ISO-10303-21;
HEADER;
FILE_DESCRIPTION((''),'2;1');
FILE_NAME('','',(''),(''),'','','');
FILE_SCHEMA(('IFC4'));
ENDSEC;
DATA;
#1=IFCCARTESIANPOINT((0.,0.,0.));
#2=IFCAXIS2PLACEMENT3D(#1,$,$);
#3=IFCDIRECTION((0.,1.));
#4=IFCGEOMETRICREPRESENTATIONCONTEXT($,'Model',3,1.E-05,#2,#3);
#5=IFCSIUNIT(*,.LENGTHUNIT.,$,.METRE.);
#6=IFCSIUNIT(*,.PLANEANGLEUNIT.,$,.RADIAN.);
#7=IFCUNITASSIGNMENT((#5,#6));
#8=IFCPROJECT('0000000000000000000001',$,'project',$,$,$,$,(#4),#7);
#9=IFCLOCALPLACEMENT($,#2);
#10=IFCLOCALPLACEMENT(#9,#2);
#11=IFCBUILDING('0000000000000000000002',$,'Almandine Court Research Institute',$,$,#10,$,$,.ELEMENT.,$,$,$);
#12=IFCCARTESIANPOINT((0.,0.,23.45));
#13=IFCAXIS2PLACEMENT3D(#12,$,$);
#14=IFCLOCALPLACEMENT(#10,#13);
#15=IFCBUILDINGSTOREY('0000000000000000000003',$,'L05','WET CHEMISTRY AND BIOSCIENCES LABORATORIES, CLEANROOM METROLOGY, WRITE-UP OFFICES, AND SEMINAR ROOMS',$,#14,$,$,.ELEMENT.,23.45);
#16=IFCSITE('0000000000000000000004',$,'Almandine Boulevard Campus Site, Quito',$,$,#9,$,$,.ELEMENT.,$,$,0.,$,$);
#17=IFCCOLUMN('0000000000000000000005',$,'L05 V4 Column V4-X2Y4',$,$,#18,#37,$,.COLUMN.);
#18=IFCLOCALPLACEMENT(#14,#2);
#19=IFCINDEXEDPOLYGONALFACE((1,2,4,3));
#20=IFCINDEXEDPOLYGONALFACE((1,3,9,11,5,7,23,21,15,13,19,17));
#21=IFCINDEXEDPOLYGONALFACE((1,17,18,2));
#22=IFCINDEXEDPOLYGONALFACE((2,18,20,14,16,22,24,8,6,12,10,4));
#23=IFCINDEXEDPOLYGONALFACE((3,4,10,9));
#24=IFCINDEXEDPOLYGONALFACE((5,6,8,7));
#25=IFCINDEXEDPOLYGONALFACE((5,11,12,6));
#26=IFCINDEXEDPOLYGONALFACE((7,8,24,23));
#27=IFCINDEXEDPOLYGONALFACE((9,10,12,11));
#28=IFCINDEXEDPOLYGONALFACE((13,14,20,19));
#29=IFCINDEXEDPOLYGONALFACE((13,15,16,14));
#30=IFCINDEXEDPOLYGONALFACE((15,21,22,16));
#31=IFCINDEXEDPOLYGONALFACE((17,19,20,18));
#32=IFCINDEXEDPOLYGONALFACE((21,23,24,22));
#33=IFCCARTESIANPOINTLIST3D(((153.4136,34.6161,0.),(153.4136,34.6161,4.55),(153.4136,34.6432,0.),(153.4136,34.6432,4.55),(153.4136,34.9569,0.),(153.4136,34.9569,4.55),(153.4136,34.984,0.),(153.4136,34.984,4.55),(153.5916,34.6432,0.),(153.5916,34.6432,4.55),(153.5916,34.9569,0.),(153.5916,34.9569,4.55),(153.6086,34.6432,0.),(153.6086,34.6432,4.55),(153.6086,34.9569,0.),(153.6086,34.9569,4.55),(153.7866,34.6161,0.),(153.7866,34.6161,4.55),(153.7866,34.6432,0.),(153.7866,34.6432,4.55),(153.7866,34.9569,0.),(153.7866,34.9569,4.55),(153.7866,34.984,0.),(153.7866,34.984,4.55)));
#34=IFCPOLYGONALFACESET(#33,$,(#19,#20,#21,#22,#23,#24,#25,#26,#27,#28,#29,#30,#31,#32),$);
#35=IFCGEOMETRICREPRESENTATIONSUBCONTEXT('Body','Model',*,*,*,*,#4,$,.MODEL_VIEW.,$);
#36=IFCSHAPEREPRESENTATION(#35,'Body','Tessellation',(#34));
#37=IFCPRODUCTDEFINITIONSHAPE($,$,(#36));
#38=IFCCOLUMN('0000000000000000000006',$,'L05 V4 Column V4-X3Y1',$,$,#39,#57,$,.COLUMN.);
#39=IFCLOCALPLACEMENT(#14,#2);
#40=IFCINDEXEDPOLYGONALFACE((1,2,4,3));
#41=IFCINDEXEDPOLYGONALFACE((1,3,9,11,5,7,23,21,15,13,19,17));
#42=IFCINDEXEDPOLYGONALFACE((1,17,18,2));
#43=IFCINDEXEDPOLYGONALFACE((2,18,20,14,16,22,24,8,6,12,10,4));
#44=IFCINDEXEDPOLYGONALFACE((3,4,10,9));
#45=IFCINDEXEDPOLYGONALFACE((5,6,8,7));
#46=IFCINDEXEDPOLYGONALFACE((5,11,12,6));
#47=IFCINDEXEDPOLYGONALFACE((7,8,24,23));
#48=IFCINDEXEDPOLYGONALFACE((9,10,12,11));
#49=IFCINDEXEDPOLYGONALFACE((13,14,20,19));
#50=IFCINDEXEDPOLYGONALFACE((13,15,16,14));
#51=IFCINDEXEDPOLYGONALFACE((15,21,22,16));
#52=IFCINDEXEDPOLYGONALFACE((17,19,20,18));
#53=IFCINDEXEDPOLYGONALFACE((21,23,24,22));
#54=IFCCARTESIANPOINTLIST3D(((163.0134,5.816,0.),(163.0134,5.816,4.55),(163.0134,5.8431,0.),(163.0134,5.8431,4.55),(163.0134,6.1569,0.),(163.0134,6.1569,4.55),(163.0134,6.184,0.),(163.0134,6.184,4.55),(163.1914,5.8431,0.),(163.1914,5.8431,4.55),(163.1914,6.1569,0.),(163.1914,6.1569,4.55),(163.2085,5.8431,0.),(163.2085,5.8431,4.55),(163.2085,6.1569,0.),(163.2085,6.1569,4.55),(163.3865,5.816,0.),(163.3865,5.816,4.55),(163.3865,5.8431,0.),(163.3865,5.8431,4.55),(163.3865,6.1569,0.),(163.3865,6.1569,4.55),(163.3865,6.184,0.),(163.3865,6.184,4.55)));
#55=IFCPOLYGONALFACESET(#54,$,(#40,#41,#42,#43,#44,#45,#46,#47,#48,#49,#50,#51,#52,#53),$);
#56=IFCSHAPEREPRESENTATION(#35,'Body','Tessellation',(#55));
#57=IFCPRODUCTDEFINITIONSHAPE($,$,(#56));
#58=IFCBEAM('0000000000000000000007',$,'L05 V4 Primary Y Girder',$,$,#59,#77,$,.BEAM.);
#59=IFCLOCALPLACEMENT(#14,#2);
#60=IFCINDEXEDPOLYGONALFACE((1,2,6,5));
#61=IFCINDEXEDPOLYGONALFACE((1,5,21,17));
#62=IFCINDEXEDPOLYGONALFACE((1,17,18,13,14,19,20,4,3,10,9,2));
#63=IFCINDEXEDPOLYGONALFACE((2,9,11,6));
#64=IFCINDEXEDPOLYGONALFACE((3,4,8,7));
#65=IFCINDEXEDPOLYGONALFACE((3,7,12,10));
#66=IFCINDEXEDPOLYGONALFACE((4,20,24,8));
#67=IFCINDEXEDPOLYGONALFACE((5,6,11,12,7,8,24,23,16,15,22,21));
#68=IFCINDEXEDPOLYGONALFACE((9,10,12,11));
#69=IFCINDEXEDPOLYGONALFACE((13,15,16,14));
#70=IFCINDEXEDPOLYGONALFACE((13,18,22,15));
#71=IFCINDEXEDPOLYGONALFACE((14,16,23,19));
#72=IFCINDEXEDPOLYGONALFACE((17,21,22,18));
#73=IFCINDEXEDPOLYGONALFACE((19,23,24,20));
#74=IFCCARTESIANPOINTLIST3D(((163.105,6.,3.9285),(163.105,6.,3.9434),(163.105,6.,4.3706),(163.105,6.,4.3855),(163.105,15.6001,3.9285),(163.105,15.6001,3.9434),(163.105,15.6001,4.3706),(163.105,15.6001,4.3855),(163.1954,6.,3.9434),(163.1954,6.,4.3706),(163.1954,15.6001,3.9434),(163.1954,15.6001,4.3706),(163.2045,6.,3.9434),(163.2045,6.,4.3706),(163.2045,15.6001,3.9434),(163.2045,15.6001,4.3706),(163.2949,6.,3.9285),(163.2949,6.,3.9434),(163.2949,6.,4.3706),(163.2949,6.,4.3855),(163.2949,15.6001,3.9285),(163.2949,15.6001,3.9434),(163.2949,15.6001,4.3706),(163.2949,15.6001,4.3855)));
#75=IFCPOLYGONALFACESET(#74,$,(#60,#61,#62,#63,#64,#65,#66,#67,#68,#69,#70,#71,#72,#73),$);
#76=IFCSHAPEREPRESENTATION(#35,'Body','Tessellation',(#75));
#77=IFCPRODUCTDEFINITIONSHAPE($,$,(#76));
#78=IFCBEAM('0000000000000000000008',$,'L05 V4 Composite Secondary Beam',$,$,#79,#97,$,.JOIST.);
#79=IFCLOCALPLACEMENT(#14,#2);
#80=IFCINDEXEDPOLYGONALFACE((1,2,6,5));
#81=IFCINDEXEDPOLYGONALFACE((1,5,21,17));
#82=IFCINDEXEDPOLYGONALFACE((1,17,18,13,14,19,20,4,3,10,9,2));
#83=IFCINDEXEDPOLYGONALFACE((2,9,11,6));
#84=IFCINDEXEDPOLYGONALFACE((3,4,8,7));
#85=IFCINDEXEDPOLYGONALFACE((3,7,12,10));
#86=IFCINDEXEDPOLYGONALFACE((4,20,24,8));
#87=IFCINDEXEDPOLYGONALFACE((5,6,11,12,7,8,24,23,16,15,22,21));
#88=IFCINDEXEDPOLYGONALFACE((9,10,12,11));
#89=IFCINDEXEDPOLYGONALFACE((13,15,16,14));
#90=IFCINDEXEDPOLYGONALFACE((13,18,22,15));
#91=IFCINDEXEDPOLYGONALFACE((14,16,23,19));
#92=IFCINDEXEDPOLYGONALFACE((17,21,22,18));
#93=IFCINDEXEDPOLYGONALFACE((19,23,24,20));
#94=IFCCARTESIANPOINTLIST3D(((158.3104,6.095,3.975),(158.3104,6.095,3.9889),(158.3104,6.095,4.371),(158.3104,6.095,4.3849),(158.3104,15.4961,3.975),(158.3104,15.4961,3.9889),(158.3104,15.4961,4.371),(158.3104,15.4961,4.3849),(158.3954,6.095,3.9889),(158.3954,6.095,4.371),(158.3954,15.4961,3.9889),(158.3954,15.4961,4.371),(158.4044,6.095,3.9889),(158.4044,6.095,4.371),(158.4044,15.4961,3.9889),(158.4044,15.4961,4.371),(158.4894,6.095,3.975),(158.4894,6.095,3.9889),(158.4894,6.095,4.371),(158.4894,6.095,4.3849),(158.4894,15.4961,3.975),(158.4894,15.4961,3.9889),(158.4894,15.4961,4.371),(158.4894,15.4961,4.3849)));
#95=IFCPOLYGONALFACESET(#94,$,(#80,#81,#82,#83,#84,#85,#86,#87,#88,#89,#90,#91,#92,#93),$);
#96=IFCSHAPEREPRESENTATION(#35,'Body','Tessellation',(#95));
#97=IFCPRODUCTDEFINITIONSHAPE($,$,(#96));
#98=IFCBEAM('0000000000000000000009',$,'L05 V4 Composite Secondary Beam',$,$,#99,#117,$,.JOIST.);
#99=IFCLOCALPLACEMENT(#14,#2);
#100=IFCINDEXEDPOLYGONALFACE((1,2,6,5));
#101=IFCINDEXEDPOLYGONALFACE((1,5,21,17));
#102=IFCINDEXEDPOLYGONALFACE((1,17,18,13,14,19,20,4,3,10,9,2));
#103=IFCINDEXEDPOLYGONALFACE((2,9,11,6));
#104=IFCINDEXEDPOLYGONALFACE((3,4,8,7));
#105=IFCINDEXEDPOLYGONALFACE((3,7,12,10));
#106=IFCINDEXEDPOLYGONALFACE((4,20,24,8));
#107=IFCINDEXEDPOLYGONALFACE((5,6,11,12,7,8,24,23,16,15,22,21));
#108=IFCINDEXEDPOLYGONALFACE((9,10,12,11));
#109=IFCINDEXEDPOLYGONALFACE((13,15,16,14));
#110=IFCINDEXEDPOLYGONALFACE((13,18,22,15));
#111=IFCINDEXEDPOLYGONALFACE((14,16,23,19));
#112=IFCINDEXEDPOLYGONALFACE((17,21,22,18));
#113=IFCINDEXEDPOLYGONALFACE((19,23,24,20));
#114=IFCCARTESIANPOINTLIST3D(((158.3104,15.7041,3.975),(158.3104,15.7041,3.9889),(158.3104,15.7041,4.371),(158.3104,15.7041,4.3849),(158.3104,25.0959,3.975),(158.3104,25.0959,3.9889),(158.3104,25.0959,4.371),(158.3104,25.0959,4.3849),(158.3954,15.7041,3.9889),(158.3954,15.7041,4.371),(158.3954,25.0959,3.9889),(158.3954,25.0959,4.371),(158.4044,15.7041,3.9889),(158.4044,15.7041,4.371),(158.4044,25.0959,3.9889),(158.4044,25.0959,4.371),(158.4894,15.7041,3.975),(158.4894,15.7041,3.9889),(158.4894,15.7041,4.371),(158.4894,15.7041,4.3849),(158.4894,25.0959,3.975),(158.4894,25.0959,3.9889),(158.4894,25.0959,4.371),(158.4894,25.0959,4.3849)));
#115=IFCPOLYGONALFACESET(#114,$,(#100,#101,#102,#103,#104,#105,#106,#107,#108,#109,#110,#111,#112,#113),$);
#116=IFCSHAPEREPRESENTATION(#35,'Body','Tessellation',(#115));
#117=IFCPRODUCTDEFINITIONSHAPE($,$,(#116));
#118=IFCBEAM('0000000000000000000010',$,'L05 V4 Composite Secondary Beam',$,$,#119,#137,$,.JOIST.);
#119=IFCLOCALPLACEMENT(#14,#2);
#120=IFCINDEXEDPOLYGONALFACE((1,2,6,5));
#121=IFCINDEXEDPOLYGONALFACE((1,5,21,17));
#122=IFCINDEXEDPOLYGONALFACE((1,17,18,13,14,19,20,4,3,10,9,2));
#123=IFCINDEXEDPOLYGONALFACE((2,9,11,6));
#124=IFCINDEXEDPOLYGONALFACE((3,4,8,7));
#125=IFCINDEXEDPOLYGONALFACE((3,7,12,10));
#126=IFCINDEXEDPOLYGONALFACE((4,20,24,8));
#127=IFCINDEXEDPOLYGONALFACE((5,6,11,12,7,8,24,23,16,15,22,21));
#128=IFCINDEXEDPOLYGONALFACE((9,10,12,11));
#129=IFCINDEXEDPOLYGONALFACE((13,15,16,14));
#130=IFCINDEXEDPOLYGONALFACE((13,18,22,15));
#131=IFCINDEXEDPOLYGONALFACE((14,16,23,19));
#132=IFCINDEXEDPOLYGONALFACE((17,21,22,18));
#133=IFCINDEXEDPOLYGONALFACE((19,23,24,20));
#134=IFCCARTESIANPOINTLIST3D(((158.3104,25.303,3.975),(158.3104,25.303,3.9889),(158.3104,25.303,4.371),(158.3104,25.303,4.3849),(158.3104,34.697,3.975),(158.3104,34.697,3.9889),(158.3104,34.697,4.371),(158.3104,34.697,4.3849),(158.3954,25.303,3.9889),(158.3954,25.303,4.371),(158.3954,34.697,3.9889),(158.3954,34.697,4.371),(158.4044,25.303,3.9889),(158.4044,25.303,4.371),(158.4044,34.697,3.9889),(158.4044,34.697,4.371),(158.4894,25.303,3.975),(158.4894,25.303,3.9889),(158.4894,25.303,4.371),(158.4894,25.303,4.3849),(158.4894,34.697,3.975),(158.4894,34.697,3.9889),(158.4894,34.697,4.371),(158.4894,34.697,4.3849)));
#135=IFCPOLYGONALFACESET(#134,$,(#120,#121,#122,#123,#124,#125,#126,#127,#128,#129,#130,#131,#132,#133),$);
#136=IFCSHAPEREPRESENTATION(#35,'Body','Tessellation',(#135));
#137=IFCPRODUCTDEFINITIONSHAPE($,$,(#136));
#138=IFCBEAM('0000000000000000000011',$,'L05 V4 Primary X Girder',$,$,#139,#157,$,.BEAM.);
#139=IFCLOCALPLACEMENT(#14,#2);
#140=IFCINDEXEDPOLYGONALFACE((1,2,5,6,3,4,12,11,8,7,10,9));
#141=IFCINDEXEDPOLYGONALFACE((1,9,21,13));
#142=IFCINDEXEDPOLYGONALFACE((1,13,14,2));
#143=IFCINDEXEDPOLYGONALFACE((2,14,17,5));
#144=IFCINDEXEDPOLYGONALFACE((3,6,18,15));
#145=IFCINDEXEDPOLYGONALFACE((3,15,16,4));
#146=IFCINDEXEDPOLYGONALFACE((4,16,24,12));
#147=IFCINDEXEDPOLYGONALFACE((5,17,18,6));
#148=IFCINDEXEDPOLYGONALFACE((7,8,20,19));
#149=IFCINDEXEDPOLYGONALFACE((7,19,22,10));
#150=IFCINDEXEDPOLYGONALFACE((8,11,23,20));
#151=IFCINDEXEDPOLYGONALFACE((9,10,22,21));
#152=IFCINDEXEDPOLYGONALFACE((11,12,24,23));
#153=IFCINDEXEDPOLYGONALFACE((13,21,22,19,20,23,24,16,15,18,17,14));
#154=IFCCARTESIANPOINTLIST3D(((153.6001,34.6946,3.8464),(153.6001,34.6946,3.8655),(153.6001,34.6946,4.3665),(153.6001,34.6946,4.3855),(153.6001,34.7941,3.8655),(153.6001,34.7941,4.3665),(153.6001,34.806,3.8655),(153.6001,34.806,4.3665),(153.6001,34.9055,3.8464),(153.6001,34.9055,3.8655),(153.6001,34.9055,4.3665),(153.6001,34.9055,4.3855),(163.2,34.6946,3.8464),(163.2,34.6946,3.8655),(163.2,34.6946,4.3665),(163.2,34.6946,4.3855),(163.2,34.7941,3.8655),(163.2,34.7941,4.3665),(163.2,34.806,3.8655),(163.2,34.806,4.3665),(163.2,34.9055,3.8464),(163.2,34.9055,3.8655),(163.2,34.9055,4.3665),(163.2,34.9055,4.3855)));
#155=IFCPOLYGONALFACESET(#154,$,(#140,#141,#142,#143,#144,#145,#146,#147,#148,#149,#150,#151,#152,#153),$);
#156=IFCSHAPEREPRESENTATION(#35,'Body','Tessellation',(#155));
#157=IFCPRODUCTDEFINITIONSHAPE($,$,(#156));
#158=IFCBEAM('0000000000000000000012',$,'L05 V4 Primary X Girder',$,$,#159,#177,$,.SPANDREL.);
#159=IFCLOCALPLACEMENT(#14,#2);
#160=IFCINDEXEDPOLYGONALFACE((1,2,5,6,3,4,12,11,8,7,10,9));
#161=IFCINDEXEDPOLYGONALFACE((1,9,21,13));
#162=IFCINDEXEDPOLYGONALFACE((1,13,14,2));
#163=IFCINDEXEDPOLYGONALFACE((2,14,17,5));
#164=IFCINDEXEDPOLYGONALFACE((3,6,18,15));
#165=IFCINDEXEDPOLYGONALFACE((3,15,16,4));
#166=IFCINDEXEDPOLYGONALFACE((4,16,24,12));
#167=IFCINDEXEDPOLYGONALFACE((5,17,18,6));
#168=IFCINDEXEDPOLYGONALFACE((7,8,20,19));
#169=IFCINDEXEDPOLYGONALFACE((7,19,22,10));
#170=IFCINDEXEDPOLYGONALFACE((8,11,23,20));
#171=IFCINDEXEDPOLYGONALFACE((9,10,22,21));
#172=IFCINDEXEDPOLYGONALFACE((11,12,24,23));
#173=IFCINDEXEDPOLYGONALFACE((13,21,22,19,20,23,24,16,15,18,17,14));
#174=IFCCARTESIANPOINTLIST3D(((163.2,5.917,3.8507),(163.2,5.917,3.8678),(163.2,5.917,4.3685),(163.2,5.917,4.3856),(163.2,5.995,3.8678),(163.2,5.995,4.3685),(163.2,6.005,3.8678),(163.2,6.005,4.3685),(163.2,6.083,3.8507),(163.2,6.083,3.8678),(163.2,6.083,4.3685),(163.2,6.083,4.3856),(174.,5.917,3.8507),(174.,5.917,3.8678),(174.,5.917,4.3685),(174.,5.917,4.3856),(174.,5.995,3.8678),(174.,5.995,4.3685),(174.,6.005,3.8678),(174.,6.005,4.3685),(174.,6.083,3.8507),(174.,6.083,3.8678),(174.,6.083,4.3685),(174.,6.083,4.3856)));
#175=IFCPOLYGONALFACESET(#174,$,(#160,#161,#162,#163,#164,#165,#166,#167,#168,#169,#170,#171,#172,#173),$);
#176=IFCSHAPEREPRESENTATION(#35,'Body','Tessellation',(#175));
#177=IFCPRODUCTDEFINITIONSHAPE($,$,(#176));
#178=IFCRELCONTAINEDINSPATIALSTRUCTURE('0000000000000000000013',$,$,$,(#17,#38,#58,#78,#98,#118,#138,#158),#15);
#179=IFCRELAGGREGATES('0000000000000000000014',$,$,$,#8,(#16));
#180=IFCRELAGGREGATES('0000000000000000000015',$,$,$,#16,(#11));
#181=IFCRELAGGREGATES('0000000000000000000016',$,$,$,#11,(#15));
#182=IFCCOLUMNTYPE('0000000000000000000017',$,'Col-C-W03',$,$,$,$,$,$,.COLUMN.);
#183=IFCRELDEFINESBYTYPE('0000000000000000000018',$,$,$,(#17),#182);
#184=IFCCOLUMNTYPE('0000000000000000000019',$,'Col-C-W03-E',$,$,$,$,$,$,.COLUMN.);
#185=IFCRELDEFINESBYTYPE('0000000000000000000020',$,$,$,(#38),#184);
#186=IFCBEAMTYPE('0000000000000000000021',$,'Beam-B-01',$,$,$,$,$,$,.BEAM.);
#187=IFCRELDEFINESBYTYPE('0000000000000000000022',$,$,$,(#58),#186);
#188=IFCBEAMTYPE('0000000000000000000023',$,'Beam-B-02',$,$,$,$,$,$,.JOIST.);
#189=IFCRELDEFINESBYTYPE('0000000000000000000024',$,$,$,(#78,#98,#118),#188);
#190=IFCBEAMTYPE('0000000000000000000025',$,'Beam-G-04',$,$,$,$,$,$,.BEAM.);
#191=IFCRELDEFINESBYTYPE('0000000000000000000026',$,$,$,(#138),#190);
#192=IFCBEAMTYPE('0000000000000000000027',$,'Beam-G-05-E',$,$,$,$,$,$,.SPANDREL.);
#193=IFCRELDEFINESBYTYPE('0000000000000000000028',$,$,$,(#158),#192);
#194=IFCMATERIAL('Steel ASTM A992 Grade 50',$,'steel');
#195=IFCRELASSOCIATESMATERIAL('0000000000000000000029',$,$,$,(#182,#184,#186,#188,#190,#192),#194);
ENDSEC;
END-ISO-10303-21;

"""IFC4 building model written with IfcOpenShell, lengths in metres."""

from ifc_helpers import new_model, si_unit, direction, frame, origin, origin_2d, place, context, subcontext, project, spatial, i_section, extrude, material, material_profile, profile_set, type_object, element, save


model = new_model("IFC4")

# Units and contexts
model_context = context("Model", 3, precision=1e-05, world=origin(), true_north=direction((0.0, 1.0)))
body_context = subcontext(model_context, "Body", "Model", "MODEL_VIEW")
ifc_project = project(units=[si_unit("LENGTHUNIT", "METRE"), si_unit("PLANEANGLEUNIT", "RADIAN")], contexts=[model_context])

# Site, building, storey
site_placement = place(None, origin())
site = spatial("IfcSite", under=ifc_project, at=site_placement, Name="Almandine Boulevard Campus Site, Quito", CompositionType="ELEMENT", RefElevation=0.0)
building_placement = place(site_placement, origin())
building = spatial("IfcBuilding", under=site, at=building_placement, Name="Almandine Court Research Institute", CompositionType="ELEMENT")
storey_placement = place(building_placement, frame((0.0, 0.0, 23.45)))
storey = spatial("IfcBuildingStorey", under=building, at=storey_placement, Name="L05", Description="WET CHEMISTRY AND BIOSCIENCES LABORATORIES, CLEANROOM METROLOGY, WRITE-UP OFFICES, AND SEMINAR ROOMS", CompositionType="ELEMENT", Elevation=23.45)

# Columns
ifc_material_1 = material(Name="Steel ASTM A992 Grade 50", Category="steel")
ifc_material_profile_1 = material_profile(ifc_material_1, i_section(OverallWidth=0.373, OverallDepth=0.3679, WebThickness=0.0171, FlangeThickness=0.0271, at=origin_2d()), Name="W360x179")
ifc_profile_set_1 = profile_set([ifc_material_profile_1], Name="Steel ASTM A992 Grade 50")
column_type_1 = type_object("IfcColumnType", Name="Col-C-W03", PredefinedType="COLUMN", material=ifc_profile_set_1)
column_1_placement = place(storey_placement, frame((153.6001, 34.8, 0.0), z_axis=(0.0, 0.0, 1.0), x_axis=(1.0, 0.0, 0.0)))
element("IfcColumn", 1, at=column_1_placement, inside=storey, type_object=column_type_1, Name="L05 V4 Column V4-X2Y4", PredefinedType="COLUMN", context=body_context, shape_type="SweptSolid", body=[
    extrude(i_section(OverallWidth=0.373, OverallDepth=0.3679, WebThickness=0.0171, FlangeThickness=0.0271, at=origin_2d()), origin(), (0.0, 0.0, 1.0), 4.55),
])
ifc_material_profile_2 = material_profile(ifc_material_1, i_section(OverallWidth=0.373, OverallDepth=0.3679, WebThickness=0.0171, FlangeThickness=0.0271, at=origin_2d()), Name="W360x179")
ifc_profile_set_2 = profile_set([ifc_material_profile_2], Name="Steel ASTM A992 Grade 50")
column_type_2 = type_object("IfcColumnType", Name="Col-C-W03-E", PredefinedType="COLUMN", material=ifc_profile_set_2)
column_2_placement = place(storey_placement, frame((163.2, 6.0, 0.0), z_axis=(0.0, 0.0, 1.0), x_axis=(1.0, 0.0, 0.0)))
element("IfcColumn", 2, at=column_2_placement, inside=storey, type_object=column_type_2, Name="L05 V4 Column V4-X3Y1", PredefinedType="COLUMN", context=body_context, shape_type="SweptSolid", body=[
    extrude(i_section(OverallWidth=0.373, OverallDepth=0.3679, WebThickness=0.0171, FlangeThickness=0.0271, at=origin_2d()), origin(), (0.0, 0.0, 1.0), 4.55),
])

# Beams
ifc_material_profile_3 = material_profile(ifc_material_1, i_section(OverallWidth=0.1899, OverallDepth=0.457, WebThickness=0.009, FlangeThickness=0.0149, at=origin_2d()), Name="W460x74")
ifc_profile_set_3 = profile_set([ifc_material_profile_3], Name="Steel ASTM A992 Grade 50")
beam_type_1 = type_object("IfcBeamType", Name="Beam-B-01", PredefinedType="BEAM", material=ifc_profile_set_3)
beam_1_placement = place(storey_placement, frame((163.2, 6.0, 4.157), z_axis=(0.0, 1.0, 0.0), x_axis=(-1.0, 0.0, 0.0)))
element("IfcBeam", 3, at=beam_1_placement, inside=storey, type_object=beam_type_1, Name="L05 V4 Primary Y Girder", PredefinedType="BEAM", context=body_context, shape_type="SweptSolid", body=[
    extrude(i_section(OverallWidth=0.1899, OverallDepth=0.457, WebThickness=0.009, FlangeThickness=0.0149, at=origin_2d()), origin(), (0.0, 0.0, 1.0), 9.6001),
])
ifc_material_profile_4 = material_profile(ifc_material_1, i_section(OverallWidth=0.179, OverallDepth=0.4099, WebThickness=0.009, FlangeThickness=0.0139, at=origin_2d()), Name="W410x67")
ifc_profile_set_4 = profile_set([ifc_material_profile_4], Name="Steel ASTM A992 Grade 50")
beam_type_2 = type_object("IfcBeamType", Name="Beam-B-02", PredefinedType="JOIST", material=ifc_profile_set_4)
beam_2_placement = place(storey_placement, frame((158.3999, 6.095, 4.1799), z_axis=(0.0, 1.0, 0.0), x_axis=(-1.0, 0.0, 0.0)))
element("IfcBeam", 4, at=beam_2_placement, inside=storey, type_object=beam_type_2, Name="L05 V4 Composite Secondary Beam", PredefinedType="JOIST", context=body_context, shape_type="SweptSolid", body=[
    extrude(i_section(OverallWidth=0.179, OverallDepth=0.4099, WebThickness=0.009, FlangeThickness=0.0139, at=origin_2d()), origin(), (0.0, 0.0, 1.0), 9.4011),
])
beam_3_placement = place(storey_placement, frame((158.3999, 15.7041, 4.1799), z_axis=(0.0, 1.0, 0.0), x_axis=(-1.0, 0.0, 0.0)))
element("IfcBeam", 5, at=beam_3_placement, inside=storey, type_object=beam_type_2, Name="L05 V4 Composite Secondary Beam", PredefinedType="JOIST", context=body_context, shape_type="SweptSolid", body=[
    extrude(i_section(OverallWidth=0.179, OverallDepth=0.4099, WebThickness=0.009, FlangeThickness=0.0139, at=origin_2d()), origin(), (0.0, 0.0, 1.0), 9.3918),
])
beam_4_placement = place(storey_placement, frame((158.3999, 25.303, 4.1799), z_axis=(0.0, 1.0, 0.0), x_axis=(-1.0, 0.0, 0.0)))
element("IfcBeam", 6, at=beam_4_placement, inside=storey, type_object=beam_type_2, Name="L05 V4 Composite Secondary Beam", PredefinedType="JOIST", context=body_context, shape_type="SweptSolid", body=[
    extrude(i_section(OverallWidth=0.179, OverallDepth=0.4099, WebThickness=0.009, FlangeThickness=0.0139, at=origin_2d()), origin(), (0.0, 0.0, 1.0), 9.394),
])
ifc_material_profile_5 = material_profile(ifc_material_1, i_section(OverallWidth=0.2109, OverallDepth=0.5391, WebThickness=0.012, FlangeThickness=0.019, at=origin_2d()), Name="W530x109")
ifc_profile_set_5 = profile_set([ifc_material_profile_5], Name="Steel ASTM A992 Grade 50")
beam_type_3 = type_object("IfcBeamType", Name="Beam-G-04", PredefinedType="BEAM", material=ifc_profile_set_5)
beam_5_placement = place(storey_placement, frame((153.6001, 34.8, 4.116), z_axis=(1.0, 0.0, 0.0), x_axis=(0.0, 1.0, 0.0)))
element("IfcBeam", 7, at=beam_5_placement, inside=storey, type_object=beam_type_3, Name="L05 V4 Primary X Girder", PredefinedType="BEAM", context=body_context, shape_type="SweptSolid", body=[
    extrude(i_section(OverallWidth=0.2109, OverallDepth=0.5391, WebThickness=0.012, FlangeThickness=0.019, at=origin_2d()), origin(), (0.0, 0.0, 1.0), 9.5999),
])
ifc_material_profile_6 = material_profile(ifc_material_1, i_section(OverallWidth=0.166, OverallDepth=0.5349, WebThickness=0.01, FlangeThickness=0.0171, at=origin_2d()), Name="W530x85")
ifc_profile_set_6 = profile_set([ifc_material_profile_6], Name="Steel ASTM A992 Grade 50")
beam_type_4 = type_object("IfcBeamType", Name="Beam-G-05-E", PredefinedType="SPANDREL", material=ifc_profile_set_6)
beam_6_placement = place(storey_placement, frame((163.2, 6.0, 4.1182), z_axis=(1.0, 0.0, 0.0), x_axis=(0.0, 1.0, 0.0)))
element("IfcBeam", 8, at=beam_6_placement, inside=storey, type_object=beam_type_4, Name="L05 V4 Primary X Girder", PredefinedType="SPANDREL", context=body_context, shape_type="SweptSolid", body=[
    extrude(i_section(OverallWidth=0.166, OverallDepth=0.5349, WebThickness=0.01, FlangeThickness=0.0171, at=origin_2d()), origin(), (0.0, 0.0, 1.0), 10.8),
])

save(model, "model.ifc")
